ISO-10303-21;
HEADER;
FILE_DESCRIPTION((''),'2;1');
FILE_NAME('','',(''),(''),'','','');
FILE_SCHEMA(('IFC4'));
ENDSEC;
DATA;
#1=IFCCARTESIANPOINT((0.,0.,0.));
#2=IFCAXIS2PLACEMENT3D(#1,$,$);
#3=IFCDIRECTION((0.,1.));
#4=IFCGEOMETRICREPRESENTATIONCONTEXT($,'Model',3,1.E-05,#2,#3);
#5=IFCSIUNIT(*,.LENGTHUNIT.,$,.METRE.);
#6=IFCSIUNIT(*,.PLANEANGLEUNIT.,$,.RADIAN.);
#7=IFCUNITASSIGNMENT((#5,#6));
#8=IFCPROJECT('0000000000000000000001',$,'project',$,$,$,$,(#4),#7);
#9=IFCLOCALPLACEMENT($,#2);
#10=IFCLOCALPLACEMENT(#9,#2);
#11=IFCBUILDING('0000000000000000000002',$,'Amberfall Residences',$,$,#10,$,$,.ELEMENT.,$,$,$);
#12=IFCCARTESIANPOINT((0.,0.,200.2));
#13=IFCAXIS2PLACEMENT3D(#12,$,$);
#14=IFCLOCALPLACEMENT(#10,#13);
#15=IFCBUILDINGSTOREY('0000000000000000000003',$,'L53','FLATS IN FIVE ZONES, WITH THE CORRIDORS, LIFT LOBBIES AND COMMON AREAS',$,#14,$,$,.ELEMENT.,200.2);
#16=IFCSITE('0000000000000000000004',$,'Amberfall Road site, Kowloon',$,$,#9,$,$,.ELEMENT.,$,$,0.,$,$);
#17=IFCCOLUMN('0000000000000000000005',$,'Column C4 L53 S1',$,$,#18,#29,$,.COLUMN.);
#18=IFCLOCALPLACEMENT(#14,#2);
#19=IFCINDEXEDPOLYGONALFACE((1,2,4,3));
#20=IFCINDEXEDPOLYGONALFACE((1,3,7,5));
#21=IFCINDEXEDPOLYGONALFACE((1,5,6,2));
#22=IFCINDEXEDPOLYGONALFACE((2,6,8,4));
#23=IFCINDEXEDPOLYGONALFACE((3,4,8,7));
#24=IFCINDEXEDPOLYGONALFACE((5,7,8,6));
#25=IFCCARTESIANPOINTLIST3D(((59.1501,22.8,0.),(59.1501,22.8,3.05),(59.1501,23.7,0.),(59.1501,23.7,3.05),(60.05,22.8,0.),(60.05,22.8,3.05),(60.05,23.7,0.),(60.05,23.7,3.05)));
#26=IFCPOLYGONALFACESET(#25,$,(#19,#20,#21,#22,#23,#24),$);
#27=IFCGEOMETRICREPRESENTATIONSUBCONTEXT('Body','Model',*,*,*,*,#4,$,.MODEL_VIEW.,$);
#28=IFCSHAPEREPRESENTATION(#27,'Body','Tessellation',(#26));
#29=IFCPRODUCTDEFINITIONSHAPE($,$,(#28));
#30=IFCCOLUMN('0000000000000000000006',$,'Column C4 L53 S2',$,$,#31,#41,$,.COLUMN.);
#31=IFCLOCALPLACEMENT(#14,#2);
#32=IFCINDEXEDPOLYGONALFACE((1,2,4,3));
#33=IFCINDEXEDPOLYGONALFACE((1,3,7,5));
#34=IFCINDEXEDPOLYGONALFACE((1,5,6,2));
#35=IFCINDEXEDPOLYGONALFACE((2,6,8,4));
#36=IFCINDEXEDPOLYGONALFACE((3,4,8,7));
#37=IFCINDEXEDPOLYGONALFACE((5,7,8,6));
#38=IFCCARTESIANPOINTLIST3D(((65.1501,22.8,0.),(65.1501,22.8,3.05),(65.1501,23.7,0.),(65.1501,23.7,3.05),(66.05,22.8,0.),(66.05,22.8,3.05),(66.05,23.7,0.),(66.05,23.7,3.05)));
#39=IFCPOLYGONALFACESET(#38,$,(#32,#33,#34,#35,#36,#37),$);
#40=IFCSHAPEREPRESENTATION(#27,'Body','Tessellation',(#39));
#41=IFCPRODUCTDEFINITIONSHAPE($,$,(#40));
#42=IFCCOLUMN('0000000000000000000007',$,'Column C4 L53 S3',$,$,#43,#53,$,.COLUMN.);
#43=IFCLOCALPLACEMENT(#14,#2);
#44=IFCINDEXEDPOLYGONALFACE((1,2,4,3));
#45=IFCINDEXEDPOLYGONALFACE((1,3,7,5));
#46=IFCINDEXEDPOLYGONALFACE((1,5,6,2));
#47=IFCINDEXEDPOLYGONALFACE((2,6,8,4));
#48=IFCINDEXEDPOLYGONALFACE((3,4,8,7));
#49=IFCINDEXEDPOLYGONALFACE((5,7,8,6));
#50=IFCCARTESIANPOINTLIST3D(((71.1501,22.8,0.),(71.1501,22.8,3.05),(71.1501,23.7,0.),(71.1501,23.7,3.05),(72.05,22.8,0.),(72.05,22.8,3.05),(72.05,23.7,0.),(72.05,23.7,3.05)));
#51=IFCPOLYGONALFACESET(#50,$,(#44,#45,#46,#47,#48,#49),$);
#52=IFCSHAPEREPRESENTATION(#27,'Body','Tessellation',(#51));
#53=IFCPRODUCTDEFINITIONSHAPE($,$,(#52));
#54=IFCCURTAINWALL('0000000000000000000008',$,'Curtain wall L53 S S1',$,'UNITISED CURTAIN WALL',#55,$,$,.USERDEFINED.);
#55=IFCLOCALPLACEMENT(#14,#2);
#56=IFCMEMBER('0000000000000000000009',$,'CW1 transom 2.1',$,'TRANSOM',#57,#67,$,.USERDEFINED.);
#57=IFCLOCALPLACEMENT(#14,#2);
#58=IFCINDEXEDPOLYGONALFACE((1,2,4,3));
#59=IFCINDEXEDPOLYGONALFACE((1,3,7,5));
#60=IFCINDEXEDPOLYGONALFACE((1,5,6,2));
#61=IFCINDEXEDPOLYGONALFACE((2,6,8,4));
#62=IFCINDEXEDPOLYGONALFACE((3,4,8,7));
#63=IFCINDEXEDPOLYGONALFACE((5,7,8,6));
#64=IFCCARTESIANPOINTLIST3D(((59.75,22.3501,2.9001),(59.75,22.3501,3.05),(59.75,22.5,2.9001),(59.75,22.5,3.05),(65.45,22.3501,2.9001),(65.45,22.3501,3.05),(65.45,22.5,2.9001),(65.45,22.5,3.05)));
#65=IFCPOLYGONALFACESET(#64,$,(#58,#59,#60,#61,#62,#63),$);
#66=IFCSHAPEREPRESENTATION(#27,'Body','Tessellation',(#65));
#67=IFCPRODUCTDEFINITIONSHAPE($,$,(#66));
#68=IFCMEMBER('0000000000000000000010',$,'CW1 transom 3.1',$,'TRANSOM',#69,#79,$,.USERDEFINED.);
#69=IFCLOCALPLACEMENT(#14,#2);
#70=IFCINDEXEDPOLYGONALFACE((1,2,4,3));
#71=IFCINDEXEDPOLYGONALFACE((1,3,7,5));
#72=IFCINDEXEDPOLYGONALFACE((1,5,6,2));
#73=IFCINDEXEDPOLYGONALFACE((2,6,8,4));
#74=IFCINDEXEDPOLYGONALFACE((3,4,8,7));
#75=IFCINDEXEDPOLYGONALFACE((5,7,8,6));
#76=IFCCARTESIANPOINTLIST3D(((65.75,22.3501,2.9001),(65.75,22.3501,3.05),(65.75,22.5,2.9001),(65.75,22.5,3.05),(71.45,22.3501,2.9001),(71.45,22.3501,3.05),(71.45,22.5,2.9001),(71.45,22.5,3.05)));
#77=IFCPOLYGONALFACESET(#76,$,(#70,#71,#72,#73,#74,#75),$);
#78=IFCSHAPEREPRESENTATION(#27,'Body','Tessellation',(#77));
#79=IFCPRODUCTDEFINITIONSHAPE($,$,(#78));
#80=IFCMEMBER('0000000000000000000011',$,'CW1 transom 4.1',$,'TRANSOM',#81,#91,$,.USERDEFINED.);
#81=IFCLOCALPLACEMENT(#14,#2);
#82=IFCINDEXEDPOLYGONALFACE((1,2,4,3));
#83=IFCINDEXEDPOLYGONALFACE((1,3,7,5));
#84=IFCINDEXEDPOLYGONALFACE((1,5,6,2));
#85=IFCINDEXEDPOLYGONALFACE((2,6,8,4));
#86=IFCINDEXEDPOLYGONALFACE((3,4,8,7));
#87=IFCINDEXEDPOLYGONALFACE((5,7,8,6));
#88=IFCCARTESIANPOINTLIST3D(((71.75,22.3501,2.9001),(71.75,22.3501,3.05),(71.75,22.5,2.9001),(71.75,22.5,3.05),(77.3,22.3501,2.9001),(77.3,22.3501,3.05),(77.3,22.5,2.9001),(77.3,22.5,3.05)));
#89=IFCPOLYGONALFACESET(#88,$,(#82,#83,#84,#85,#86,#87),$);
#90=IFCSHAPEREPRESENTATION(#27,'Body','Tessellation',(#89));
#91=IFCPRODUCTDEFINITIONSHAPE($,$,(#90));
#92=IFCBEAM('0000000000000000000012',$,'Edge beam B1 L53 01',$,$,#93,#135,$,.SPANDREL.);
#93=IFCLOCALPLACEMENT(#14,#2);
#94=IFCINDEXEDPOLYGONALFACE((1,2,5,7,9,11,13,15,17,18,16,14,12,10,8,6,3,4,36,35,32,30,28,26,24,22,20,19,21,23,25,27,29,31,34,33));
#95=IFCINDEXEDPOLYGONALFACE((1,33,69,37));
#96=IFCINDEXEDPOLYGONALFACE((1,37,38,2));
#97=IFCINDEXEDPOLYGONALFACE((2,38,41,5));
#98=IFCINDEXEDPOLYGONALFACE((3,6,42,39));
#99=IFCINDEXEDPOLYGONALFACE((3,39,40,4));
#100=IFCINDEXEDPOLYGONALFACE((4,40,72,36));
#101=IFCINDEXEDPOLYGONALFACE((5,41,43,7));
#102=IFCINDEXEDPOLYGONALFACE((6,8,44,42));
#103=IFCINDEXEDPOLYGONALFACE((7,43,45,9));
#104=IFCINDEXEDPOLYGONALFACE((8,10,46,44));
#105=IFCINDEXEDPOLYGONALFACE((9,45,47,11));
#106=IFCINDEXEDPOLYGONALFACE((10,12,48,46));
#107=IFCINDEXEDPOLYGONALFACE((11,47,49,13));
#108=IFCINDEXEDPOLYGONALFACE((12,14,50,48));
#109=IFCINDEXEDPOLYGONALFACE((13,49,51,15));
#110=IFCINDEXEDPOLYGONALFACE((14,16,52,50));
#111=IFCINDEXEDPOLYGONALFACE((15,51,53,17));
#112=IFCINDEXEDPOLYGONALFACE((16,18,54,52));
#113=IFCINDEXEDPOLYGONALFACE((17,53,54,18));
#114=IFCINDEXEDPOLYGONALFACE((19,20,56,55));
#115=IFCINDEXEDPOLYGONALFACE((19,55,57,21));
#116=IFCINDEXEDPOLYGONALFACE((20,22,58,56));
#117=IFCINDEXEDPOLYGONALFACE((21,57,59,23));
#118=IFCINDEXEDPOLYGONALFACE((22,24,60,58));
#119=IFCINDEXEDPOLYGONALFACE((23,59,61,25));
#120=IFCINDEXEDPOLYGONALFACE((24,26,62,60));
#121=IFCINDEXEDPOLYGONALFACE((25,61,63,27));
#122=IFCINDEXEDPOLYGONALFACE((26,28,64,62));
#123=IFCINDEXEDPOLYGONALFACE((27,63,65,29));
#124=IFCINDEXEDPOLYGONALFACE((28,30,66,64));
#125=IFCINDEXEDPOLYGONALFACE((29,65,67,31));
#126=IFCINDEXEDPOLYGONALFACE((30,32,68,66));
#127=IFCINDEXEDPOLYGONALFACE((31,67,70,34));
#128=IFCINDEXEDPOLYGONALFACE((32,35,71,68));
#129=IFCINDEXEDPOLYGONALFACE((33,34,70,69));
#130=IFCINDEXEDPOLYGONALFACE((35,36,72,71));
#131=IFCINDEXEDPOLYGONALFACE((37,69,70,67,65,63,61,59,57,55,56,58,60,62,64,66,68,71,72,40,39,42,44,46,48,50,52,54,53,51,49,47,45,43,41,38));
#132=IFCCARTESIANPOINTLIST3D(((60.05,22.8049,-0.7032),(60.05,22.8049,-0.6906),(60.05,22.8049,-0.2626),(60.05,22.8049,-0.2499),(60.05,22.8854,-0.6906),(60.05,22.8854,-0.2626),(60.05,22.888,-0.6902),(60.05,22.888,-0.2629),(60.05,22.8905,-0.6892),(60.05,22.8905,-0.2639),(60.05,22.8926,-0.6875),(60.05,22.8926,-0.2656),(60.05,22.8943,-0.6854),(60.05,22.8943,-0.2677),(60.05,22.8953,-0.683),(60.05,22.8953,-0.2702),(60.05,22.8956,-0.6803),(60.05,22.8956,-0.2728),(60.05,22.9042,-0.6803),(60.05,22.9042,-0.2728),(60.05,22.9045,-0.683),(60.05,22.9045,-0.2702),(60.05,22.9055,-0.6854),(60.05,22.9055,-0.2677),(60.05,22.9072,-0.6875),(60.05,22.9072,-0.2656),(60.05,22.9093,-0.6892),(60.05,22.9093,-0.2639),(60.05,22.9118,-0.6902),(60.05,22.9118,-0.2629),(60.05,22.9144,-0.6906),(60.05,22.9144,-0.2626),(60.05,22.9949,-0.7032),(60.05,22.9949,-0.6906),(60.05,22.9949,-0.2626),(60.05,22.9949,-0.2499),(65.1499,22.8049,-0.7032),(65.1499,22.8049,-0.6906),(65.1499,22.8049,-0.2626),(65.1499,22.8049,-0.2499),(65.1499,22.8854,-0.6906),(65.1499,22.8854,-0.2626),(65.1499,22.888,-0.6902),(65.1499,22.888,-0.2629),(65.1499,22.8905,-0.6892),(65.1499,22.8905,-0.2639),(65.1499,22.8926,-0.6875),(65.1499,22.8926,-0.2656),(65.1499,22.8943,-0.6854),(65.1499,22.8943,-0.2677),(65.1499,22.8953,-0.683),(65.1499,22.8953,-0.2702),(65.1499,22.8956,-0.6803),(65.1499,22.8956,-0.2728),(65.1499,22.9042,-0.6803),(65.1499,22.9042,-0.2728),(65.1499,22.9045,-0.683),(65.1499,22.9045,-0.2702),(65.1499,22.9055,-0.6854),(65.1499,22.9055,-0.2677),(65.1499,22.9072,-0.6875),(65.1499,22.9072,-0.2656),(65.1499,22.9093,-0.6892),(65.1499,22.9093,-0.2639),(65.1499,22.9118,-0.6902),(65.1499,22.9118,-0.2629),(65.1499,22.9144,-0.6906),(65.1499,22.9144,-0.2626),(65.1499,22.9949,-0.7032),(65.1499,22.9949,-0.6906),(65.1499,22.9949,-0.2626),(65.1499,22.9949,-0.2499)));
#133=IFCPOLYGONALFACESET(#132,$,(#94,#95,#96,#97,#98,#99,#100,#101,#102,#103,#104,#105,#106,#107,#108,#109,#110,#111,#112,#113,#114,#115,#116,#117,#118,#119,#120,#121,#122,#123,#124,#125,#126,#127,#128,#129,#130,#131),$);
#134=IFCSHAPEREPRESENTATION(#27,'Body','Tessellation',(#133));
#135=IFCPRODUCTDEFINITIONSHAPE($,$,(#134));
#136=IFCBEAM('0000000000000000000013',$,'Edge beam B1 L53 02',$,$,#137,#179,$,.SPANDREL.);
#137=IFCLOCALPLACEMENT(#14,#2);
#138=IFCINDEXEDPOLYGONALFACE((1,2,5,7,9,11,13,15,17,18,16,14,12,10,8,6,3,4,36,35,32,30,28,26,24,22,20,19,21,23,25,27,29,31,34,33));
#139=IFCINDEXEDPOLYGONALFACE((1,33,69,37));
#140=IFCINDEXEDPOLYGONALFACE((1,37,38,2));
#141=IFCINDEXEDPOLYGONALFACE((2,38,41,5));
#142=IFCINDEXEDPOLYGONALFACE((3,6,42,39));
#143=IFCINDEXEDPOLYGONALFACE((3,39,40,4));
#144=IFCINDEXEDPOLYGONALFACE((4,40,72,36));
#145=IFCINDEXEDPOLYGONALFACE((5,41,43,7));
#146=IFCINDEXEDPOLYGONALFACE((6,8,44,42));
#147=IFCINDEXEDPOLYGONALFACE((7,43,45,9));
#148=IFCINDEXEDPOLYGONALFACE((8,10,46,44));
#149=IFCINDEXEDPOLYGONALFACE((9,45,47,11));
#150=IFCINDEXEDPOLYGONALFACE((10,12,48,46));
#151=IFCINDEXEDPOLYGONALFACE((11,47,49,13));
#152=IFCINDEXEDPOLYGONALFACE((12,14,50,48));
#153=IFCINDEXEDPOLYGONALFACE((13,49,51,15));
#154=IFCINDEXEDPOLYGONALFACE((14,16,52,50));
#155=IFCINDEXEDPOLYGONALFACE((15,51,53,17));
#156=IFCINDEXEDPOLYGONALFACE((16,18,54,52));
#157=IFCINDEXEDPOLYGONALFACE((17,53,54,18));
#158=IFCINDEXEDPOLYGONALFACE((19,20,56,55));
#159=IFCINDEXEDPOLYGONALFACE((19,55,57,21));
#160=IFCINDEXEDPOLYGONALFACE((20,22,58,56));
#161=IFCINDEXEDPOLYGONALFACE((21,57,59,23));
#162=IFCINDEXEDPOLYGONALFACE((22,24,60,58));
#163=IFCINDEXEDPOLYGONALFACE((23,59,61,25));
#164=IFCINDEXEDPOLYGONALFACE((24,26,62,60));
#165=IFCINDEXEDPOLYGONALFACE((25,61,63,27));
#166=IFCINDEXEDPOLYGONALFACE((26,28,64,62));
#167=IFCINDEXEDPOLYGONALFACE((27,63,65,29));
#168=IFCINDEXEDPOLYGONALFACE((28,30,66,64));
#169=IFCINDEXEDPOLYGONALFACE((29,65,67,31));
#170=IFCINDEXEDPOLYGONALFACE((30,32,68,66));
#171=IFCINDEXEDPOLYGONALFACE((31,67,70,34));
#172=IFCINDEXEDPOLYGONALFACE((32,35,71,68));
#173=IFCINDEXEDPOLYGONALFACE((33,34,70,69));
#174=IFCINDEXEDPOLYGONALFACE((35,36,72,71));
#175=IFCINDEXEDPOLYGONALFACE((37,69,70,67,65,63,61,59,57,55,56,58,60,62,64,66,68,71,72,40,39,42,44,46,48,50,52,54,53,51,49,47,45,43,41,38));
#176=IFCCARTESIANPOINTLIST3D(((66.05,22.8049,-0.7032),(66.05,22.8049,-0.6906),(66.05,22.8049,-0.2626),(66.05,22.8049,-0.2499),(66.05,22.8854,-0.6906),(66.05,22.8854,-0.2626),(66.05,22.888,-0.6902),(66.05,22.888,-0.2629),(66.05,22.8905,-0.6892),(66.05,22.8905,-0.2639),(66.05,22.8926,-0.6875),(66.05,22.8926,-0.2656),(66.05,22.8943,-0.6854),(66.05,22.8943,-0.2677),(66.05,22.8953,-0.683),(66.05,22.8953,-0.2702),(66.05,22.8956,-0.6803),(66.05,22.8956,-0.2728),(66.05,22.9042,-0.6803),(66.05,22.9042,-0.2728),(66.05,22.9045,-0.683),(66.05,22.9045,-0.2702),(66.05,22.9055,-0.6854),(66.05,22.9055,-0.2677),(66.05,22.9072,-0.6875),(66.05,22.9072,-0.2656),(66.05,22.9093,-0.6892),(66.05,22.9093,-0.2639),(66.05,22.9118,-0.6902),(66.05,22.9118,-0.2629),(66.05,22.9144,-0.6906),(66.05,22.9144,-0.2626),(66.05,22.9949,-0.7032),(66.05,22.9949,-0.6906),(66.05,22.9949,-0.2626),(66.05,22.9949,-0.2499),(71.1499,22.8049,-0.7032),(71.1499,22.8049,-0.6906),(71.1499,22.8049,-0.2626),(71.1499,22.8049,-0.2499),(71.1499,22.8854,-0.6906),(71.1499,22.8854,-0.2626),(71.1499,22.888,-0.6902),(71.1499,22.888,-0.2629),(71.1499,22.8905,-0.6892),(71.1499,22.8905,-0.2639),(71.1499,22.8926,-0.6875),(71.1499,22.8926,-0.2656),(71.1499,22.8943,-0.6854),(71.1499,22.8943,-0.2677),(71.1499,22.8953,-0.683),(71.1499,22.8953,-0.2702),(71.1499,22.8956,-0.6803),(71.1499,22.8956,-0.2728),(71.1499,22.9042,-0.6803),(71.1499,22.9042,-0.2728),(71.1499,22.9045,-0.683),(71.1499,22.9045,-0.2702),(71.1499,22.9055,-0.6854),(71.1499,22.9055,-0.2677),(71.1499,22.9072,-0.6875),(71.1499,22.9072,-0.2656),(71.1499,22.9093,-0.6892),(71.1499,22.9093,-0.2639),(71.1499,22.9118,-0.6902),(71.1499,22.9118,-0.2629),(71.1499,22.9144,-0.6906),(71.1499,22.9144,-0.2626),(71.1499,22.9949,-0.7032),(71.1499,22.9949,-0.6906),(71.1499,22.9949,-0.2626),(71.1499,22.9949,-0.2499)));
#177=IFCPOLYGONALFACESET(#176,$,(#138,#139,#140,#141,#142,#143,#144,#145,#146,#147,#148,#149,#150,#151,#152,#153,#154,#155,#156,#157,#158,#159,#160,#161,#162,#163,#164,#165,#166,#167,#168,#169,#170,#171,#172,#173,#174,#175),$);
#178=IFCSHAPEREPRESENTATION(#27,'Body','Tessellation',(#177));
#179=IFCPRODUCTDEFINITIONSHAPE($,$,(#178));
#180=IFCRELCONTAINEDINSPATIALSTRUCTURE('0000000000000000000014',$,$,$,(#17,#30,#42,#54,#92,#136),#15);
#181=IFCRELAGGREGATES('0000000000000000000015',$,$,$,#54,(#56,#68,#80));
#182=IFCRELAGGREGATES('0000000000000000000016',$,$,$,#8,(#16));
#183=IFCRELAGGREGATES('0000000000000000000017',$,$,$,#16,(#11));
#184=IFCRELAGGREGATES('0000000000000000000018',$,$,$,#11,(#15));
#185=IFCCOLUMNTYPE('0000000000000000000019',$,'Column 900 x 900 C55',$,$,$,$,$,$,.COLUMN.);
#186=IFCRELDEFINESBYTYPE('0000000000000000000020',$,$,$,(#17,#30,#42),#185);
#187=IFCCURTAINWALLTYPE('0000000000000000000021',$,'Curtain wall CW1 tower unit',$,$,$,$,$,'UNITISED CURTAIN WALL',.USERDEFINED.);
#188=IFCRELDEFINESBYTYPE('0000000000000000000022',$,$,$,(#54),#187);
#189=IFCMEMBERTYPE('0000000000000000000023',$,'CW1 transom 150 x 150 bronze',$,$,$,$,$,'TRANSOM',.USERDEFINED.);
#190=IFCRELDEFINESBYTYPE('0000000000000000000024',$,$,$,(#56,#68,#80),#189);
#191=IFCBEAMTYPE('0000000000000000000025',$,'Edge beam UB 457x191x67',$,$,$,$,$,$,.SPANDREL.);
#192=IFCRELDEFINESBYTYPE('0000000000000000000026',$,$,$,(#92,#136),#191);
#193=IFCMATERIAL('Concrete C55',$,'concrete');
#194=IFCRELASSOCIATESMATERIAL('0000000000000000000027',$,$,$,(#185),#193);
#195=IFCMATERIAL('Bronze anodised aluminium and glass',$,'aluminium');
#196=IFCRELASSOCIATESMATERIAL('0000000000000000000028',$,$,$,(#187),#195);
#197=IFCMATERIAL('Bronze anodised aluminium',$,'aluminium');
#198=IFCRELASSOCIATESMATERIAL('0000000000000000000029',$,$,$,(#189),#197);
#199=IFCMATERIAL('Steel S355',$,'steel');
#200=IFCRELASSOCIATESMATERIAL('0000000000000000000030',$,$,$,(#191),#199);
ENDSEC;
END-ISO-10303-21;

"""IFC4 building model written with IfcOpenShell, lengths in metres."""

from ifc_helpers import new_model, si_unit, direction, frame, origin, origin_2d, place, context, subcontext, project, spatial, rectangle, i_section, extrude, material, material_profile, profile_set, type_object, element, aggregate, save


model = new_model("IFC4")

# Units and contexts
model_context = context("Model", 3, precision=1e-05, world=origin(), true_north=direction((0.0, 1.0)))
body_context = subcontext(model_context, "Body", "Model", "MODEL_VIEW")
ifc_project = project(units=[si_unit("LENGTHUNIT", "METRE"), si_unit("PLANEANGLEUNIT", "RADIAN")], contexts=[model_context])

# Site, building, storey
site_placement = place(None, origin())
site = spatial("IfcSite", under=ifc_project, at=site_placement, Name="Amberfall Road site, Kowloon", CompositionType="ELEMENT", RefElevation=0.0)
building_placement = place(site_placement, origin())
building = spatial("IfcBuilding", under=site, at=building_placement, Name="Amberfall Residences", CompositionType="ELEMENT")
storey_placement = place(building_placement, frame((0.0, 0.0, 200.2)))
storey = spatial("IfcBuildingStorey", under=building, at=storey_placement, Name="L53", Description="FLATS IN FIVE ZONES, WITH THE CORRIDORS, LIFT LOBBIES AND COMMON AREAS", CompositionType="ELEMENT", Elevation=200.2)

# Columns
ifc_material_1 = material(Name="Concrete C55", Category="concrete")
ifc_material_profile_1 = material_profile(ifc_material_1, rectangle(XDim=0.8999, YDim=0.8999, at=origin_2d()), Name="Column 900 x 900 C55")
ifc_profile_set_1 = profile_set([ifc_material_profile_1], Name="Concrete C55")
column_type = type_object("IfcColumnType", Name="Column 900 x 900 C55", PredefinedType="COLUMN", material=ifc_profile_set_1)
for number, where, z_axis, x_axis, name in (
    (1, (59.6001, 23.25, 0.0), (0.0, 0.0, 1.0), (1.0, 0.0, 0.0), "Column C4 L53 S1"),
    (2, (65.6001, 23.25, 0.0), (0.0, 0.0, 1.0), (1.0, 0.0, 0.0), "Column C4 L53 S2"),
    (3, (71.6001, 23.25, 0.0), (0.0, 0.0, 1.0), (1.0, 0.0, 0.0), "Column C4 L53 S3"),
):
    element("IfcColumn", number, at=place(storey_placement, frame(where, z_axis=z_axis, x_axis=x_axis)), inside=storey, type_object=column_type, Name=name, PredefinedType="COLUMN", context=body_context, shape_type="SweptSolid", body=[
        extrude(rectangle(XDim=0.8999, YDim=0.8999, at=origin_2d()), origin(), (0.0, 0.0, 1.0), 3.05),
    ])

# Curtain wall, members
ifc_material_2 = material(Name="Bronze anodised aluminium and glass", Category="aluminium")
curtain_wall_type = type_object("IfcCurtainWallType", Name="Curtain wall CW1 tower unit", ElementType="UNITISED CURTAIN WALL", PredefinedType="USERDEFINED", material=ifc_material_2)
curtain_wall_placement = place(storey_placement, origin())
curtain_wall = element("IfcCurtainWall", 4, at=curtain_wall_placement, inside=storey, type_object=curtain_wall_type, Name="Curtain wall L53 S S1", ObjectType="UNITISED CURTAIN WALL", PredefinedType="USERDEFINED")
ifc_material_3 = material(Name="Bronze anodised aluminium", Category="aluminium")
ifc_material_profile_2 = material_profile(ifc_material_3, rectangle(XDim=0.1499, YDim=0.1499, at=origin_2d()), Name="CW1 transom 150 x 150 bronze")
ifc_profile_set_2 = profile_set([ifc_material_profile_2], Name="Bronze anodised aluminium")
member_type_1 = type_object("IfcMemberType", Name="CW1 transom 150 x 150 bronze", ElementType="TRANSOM", PredefinedType="USERDEFINED", material=ifc_profile_set_2)
member_1_placement = place(storey_placement, frame((59.75, 22.425, 2.9751), z_axis=(1.0, 0.0, 0.0), x_axis=(0.0, 1.0, 0.0)))
member_1 = element("IfcMember", 5, at=member_1_placement, type_object=member_type_1, Name="CW1 transom 2.1", ObjectType="TRANSOM", PredefinedType="USERDEFINED", context=body_context, shape_type="SweptSolid", body=[
    extrude(rectangle(XDim=0.1499, YDim=0.1499, at=origin_2d()), origin(), (0.0, 0.0, 1.0), 5.7),
])
member_2_placement = place(storey_placement, frame((65.75, 22.425, 2.9751), z_axis=(1.0, 0.0, 0.0), x_axis=(0.0, 1.0, 0.0)))
member_2 = element("IfcMember", 6, at=member_2_placement, type_object=member_type_1, Name="CW1 transom 3.1", ObjectType="TRANSOM", PredefinedType="USERDEFINED", context=body_context, shape_type="SweptSolid", body=[
    extrude(rectangle(XDim=0.1499, YDim=0.1499, at=origin_2d()), origin(), (0.0, 0.0, 1.0), 5.7),
])
member_3_placement = place(storey_placement, frame((71.75, 22.425, 2.9751), z_axis=(1.0, 0.0, 0.0), x_axis=(0.0, 1.0, 0.0)))
member_3 = element("IfcMember", 7, at=member_3_placement, type_object=member_type_1, Name="CW1 transom 4.1", ObjectType="TRANSOM", PredefinedType="USERDEFINED", context=body_context, shape_type="SweptSolid", body=[
    extrude(rectangle(XDim=0.1499, YDim=0.1499, at=origin_2d()), origin(), (0.0, 0.0, 1.0), 5.55),
])

# Beams
ifc_material_4 = material(Name="Steel S355", Category="steel")
ifc_material_profile_3 = material_profile(ifc_material_4, i_section(OverallWidth=0.1899, OverallDepth=0.4534, WebThickness=0.0085, FlangeThickness=0.0127, FilletRadius=0.0103, at=origin_2d()), Name="UB 457x191x67")
ifc_profile_set_3 = profile_set([ifc_material_profile_3], Name="Steel S355")
beam_type_1 = type_object("IfcBeamType", Name="Edge beam UB 457x191x67", PredefinedType="SPANDREL", material=ifc_profile_set_3)
for number, where, z_axis, x_axis, name in (
    (8, (60.05, 22.8999, -0.4766), (1.0, 0.0, 0.0), (0.0, 1.0, 0.0), "Edge beam B1 L53 01"),
    (9, (66.05, 22.8999, -0.4766), (1.0, 0.0, 0.0), (0.0, 1.0, 0.0), "Edge beam B1 L53 02"),
):
    element("IfcBeam", number, at=place(storey_placement, frame(where, z_axis=z_axis, x_axis=x_axis)), inside=storey, type_object=beam_type_1, Name=name, PredefinedType="SPANDREL", context=body_context, shape_type="SweptSolid", body=[
        extrude(i_section(OverallWidth=0.1899, OverallDepth=0.4534, WebThickness=0.0085, FlangeThickness=0.0127, FilletRadius=0.0103, at=origin_2d()), origin(), (0.0, 0.0, 1.0), 5.0999),
    ])

aggregate(curtain_wall, [member_1, member_2, member_3])

save(model, "model.ifc")
